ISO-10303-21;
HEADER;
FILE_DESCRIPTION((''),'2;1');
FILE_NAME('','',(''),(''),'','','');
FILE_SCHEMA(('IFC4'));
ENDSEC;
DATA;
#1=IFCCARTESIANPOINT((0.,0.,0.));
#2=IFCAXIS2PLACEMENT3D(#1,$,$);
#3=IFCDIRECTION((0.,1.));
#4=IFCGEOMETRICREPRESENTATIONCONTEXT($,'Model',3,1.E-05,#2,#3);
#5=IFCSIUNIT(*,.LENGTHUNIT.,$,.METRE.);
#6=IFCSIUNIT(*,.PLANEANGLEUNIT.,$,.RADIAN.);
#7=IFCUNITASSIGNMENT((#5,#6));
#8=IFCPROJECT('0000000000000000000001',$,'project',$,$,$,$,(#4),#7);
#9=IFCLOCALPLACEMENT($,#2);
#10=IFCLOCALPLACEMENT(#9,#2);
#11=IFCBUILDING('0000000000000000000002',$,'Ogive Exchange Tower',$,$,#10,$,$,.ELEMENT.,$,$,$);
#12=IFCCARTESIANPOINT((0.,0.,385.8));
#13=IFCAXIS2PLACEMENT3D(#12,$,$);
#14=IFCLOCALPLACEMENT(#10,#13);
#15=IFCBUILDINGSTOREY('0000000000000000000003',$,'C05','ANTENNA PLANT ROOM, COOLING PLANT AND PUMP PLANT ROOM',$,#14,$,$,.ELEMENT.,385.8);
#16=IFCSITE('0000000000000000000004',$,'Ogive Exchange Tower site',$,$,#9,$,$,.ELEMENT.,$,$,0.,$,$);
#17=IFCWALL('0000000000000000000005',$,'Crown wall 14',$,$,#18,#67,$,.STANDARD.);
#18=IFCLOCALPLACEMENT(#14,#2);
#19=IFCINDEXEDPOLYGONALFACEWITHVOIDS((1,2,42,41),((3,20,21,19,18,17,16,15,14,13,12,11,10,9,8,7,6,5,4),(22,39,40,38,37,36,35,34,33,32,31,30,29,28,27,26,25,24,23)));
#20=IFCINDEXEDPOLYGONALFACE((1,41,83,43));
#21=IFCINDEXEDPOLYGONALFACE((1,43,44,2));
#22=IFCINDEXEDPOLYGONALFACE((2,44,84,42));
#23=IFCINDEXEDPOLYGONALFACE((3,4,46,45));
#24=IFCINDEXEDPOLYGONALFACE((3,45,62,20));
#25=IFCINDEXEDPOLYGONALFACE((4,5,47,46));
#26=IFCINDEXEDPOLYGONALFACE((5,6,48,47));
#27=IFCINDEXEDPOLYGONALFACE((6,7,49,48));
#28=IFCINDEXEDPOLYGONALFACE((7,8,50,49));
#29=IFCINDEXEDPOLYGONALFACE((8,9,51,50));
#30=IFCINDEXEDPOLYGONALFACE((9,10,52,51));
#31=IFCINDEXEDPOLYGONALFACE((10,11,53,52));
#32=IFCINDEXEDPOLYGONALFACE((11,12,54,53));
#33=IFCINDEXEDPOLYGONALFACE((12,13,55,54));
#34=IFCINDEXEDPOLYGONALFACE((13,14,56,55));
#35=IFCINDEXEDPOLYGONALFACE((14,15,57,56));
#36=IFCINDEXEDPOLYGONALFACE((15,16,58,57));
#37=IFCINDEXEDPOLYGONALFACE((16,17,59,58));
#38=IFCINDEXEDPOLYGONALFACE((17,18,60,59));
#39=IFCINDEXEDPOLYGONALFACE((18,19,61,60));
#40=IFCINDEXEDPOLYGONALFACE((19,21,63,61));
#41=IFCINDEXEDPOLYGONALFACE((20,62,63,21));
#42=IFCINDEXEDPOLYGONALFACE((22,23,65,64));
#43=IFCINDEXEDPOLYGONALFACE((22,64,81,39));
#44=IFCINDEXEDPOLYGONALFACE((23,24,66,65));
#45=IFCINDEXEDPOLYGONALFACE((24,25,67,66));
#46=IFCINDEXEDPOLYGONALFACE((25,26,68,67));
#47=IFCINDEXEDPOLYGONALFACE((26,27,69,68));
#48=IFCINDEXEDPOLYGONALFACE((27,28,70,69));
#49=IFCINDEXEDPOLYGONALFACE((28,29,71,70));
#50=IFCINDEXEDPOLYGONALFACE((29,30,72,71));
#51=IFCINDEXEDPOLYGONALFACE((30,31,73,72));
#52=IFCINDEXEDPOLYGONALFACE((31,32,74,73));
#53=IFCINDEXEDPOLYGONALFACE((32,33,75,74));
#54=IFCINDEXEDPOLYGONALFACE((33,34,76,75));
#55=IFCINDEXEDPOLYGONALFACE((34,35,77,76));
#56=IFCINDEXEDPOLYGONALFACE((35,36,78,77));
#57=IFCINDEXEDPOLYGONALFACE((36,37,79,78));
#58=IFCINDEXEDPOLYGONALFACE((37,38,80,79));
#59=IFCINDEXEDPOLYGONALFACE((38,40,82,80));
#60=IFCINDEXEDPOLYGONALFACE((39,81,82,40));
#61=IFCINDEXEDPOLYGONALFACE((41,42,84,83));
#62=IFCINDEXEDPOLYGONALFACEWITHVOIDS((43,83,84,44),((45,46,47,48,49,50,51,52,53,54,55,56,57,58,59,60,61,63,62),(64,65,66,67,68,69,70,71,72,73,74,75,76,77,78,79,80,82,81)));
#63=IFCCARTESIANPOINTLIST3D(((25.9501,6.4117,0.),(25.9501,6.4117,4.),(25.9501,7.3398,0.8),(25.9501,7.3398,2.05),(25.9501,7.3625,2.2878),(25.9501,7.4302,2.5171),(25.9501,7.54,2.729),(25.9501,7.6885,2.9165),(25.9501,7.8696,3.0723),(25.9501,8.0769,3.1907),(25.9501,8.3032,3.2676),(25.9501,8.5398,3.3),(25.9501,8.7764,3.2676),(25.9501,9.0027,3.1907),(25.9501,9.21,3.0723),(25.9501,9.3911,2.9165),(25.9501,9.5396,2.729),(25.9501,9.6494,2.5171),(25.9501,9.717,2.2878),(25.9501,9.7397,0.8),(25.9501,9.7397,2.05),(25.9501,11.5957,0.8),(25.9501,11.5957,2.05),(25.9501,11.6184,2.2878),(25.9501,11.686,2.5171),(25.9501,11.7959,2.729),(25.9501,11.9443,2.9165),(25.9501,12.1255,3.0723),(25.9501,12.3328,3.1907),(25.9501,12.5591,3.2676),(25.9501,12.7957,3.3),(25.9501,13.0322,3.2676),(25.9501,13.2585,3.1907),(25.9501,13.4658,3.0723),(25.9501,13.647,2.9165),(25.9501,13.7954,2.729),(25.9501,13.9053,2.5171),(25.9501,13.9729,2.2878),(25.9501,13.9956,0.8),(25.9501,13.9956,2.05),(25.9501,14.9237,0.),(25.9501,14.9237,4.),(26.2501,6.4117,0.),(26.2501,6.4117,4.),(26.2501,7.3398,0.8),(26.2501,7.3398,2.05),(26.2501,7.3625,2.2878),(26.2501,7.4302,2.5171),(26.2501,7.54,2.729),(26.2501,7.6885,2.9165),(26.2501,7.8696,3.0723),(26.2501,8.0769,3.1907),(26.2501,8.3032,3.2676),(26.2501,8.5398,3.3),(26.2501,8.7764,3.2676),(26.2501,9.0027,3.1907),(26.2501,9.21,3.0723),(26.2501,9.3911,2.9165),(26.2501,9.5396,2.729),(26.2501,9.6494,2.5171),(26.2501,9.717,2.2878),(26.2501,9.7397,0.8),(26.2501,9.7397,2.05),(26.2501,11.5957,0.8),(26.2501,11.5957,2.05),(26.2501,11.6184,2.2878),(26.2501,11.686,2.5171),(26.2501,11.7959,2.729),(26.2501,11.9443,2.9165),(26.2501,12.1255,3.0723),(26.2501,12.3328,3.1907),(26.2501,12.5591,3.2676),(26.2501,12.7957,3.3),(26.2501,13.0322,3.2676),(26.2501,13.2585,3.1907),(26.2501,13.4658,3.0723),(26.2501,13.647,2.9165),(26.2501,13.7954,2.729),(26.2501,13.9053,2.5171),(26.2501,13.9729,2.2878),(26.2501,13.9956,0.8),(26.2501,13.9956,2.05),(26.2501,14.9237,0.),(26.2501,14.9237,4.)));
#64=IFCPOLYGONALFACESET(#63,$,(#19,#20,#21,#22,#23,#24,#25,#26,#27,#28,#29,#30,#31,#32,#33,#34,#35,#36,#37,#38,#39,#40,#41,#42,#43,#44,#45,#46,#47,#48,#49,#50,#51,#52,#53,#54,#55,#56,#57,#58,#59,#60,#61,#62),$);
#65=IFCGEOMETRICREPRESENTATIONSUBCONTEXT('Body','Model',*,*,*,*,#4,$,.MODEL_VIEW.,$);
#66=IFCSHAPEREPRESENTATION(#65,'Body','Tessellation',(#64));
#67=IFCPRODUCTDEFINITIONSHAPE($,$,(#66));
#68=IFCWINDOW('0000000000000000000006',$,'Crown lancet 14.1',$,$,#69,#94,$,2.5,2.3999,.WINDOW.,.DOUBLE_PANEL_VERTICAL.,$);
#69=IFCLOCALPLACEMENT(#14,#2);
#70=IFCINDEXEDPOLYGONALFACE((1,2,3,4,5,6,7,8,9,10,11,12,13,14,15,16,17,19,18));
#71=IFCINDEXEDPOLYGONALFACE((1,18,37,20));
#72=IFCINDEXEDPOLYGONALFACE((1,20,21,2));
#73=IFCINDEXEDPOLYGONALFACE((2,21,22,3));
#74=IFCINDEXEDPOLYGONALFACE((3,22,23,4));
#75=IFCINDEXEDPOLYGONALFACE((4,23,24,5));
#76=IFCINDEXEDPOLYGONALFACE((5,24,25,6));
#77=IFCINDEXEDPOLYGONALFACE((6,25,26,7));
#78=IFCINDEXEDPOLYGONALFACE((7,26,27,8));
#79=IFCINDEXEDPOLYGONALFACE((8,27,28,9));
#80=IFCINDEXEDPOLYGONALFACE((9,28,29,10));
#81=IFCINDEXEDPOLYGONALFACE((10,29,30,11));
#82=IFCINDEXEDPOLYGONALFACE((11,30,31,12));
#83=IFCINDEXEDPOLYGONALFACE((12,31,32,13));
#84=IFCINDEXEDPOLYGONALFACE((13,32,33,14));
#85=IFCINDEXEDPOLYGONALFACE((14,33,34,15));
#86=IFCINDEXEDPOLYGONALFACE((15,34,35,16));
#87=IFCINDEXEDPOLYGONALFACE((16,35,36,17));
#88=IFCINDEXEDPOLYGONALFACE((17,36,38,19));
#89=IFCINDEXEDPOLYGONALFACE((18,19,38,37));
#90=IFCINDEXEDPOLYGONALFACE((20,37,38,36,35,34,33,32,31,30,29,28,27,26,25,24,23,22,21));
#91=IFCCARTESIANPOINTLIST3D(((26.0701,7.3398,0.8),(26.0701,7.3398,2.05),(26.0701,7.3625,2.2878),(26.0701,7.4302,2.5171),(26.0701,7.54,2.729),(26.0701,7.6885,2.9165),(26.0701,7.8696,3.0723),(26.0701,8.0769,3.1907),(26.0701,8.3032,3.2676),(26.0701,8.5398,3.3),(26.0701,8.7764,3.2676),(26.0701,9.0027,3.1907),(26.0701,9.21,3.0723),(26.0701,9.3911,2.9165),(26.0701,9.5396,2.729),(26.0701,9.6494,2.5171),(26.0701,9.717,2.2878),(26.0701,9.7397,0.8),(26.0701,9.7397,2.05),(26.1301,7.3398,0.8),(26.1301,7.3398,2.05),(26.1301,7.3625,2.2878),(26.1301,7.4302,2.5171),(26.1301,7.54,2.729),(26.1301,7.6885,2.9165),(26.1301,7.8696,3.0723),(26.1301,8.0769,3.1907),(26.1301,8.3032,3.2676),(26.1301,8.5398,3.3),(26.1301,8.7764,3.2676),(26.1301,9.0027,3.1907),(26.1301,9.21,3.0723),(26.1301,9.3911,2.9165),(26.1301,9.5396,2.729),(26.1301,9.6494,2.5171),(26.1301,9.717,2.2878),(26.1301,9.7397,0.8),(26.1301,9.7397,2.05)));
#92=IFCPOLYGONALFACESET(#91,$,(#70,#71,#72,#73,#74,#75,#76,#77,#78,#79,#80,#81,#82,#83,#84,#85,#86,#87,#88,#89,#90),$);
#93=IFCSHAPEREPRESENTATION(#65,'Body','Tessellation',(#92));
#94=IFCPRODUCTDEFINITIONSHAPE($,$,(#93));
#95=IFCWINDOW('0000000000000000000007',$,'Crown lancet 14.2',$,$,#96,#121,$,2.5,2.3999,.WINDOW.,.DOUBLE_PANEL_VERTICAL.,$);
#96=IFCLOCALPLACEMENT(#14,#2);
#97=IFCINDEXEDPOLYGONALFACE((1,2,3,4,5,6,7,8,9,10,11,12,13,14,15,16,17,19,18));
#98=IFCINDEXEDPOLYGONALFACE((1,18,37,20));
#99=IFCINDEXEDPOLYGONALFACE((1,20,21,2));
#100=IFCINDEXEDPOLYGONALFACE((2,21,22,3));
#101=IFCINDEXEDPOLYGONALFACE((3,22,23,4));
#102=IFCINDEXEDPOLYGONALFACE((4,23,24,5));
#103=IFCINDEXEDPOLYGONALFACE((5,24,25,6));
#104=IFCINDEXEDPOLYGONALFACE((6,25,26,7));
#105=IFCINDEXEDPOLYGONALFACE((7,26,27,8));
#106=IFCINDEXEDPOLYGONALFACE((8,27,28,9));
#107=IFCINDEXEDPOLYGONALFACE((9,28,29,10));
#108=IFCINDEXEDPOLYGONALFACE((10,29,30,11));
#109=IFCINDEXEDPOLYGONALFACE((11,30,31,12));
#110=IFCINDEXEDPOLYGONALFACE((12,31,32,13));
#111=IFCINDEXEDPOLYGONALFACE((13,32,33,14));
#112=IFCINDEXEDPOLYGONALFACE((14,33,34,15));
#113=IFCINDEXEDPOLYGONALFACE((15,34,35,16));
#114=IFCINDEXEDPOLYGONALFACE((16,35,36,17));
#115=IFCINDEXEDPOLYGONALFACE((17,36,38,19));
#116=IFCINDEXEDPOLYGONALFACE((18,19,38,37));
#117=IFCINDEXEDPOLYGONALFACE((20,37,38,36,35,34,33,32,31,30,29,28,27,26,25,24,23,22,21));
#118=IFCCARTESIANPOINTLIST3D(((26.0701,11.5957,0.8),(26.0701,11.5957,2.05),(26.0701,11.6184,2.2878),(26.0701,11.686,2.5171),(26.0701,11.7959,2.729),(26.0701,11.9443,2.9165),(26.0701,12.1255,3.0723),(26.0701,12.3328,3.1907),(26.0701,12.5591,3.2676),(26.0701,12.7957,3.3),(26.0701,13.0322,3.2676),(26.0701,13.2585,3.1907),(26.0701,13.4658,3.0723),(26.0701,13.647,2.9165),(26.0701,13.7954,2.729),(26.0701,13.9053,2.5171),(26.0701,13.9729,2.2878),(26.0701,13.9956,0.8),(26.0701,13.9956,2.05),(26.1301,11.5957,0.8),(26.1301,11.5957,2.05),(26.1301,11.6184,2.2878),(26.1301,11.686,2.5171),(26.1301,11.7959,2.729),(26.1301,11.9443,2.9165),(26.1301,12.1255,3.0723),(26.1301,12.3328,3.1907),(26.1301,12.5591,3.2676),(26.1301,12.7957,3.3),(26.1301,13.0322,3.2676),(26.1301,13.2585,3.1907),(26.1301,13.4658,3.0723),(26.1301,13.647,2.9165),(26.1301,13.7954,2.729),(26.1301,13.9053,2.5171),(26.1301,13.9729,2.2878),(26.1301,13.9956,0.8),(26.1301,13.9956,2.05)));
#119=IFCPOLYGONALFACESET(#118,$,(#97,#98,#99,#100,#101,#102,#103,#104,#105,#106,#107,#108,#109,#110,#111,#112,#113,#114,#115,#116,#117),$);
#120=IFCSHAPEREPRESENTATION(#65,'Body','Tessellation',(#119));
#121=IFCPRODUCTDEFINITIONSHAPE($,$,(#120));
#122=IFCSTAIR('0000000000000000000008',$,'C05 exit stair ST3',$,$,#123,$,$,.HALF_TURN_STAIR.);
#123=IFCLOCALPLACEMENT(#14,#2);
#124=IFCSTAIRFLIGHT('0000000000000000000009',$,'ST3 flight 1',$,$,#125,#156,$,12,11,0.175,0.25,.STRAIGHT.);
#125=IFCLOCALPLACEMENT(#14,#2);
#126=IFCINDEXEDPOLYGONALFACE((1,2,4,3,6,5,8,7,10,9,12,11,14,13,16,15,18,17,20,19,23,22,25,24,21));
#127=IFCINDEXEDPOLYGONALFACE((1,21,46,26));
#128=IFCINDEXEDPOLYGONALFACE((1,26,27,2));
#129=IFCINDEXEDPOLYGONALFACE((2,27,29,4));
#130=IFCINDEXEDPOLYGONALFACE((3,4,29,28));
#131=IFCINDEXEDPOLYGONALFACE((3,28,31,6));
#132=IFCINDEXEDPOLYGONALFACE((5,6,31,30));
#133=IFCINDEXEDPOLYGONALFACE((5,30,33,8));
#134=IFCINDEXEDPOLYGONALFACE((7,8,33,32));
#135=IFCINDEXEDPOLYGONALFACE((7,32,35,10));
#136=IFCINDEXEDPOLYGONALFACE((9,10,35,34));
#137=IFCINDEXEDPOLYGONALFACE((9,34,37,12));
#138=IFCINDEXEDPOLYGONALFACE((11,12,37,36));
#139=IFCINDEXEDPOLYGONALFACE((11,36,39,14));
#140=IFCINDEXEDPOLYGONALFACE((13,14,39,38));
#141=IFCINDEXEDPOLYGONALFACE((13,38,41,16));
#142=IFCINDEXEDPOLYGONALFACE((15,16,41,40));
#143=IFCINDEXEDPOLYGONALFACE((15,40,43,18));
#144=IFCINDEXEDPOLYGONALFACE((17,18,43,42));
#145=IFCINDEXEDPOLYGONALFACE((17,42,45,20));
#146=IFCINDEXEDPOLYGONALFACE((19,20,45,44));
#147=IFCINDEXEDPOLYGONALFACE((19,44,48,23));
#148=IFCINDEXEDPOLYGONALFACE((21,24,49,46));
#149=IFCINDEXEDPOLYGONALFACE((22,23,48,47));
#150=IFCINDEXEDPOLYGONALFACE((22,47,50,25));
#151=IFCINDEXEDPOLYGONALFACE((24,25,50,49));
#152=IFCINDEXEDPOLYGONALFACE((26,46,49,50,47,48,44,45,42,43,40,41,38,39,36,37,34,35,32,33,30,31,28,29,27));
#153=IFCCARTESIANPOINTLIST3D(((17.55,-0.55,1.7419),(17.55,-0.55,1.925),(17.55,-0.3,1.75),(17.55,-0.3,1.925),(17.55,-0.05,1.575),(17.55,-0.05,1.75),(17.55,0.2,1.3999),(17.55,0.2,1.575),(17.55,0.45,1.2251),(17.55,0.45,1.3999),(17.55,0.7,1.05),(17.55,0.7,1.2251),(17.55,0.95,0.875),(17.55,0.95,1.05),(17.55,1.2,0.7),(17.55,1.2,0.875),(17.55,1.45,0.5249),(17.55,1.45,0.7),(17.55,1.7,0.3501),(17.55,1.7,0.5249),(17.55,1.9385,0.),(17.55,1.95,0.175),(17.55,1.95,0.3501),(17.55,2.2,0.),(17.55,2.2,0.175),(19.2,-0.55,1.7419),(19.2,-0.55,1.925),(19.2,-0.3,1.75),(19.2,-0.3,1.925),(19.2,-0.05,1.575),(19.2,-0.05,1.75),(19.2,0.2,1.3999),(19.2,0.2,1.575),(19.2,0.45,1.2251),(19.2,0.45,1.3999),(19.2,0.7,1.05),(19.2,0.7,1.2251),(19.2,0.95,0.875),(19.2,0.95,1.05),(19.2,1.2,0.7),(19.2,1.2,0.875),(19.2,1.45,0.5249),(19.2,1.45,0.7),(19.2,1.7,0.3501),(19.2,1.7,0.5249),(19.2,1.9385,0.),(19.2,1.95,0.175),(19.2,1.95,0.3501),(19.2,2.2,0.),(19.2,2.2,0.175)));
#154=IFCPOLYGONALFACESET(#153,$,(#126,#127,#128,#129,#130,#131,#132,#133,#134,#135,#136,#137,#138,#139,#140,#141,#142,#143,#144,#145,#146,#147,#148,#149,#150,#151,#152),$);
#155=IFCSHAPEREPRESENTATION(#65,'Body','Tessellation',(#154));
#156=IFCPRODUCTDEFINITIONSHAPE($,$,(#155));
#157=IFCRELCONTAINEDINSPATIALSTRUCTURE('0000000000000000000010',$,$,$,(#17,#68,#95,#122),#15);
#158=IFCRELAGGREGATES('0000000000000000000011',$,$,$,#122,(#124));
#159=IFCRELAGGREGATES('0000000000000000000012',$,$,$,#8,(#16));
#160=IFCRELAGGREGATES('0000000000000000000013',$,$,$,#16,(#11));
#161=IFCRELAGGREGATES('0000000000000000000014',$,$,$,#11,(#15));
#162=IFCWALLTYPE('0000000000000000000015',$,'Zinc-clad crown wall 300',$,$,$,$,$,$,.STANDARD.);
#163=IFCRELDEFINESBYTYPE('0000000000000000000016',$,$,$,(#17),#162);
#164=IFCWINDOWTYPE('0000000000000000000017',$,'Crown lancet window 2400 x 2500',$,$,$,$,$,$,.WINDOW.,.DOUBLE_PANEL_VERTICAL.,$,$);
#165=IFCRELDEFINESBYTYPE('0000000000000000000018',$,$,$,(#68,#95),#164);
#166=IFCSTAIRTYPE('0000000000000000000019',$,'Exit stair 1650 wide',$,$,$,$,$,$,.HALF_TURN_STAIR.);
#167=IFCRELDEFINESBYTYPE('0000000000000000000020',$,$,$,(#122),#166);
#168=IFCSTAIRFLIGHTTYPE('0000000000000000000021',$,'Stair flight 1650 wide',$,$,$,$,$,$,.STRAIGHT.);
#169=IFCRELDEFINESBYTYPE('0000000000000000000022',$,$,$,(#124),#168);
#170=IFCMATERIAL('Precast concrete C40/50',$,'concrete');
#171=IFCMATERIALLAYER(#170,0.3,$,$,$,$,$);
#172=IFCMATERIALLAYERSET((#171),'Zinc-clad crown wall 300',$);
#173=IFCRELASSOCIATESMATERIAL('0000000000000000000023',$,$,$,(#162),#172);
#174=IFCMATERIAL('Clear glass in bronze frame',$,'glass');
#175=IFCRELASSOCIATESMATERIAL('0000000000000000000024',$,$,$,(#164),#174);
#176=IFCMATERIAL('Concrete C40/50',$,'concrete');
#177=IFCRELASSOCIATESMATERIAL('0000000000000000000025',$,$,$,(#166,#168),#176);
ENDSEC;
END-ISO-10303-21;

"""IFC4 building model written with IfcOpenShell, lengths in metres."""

from ifc_helpers import new_model, si_unit, direction, frame, frame_2d, origin, place, context, subcontext, project, spatial, polyline, rectangle, outline, extrude, material, layer, layer_set, type_object, element, fill, aggregate, save


model = new_model("IFC4")

# Units and contexts
model_context = context("Model", 3, precision=1e-05, world=origin(), true_north=direction((0.0, 1.0)))
body_context = subcontext(model_context, "Body", "Model", "MODEL_VIEW")
ifc_project = project(units=[si_unit("LENGTHUNIT", "METRE"), si_unit("PLANEANGLEUNIT", "RADIAN")], contexts=[model_context])

# Site, building, storey
site_placement = place(None, origin())
site = spatial("IfcSite", under=ifc_project, at=site_placement, Name="Ogive Exchange Tower site", CompositionType="ELEMENT", RefElevation=0.0)
building_placement = place(site_placement, origin())
building = spatial("IfcBuilding", under=site, at=building_placement, Name="Ogive Exchange Tower", CompositionType="ELEMENT")
storey_placement = place(building_placement, frame((0.0, 0.0, 385.8)))
storey = spatial("IfcBuildingStorey", under=building, at=storey_placement, Name="C05", Description="ANTENNA PLANT ROOM, COOLING PLANT AND PUMP PLANT ROOM", CompositionType="ELEMENT", Elevation=385.8)

# Shared definitions
ifc_material_1 = material(Name="Precast concrete C40/50", Category="concrete")
ifc_layer_1 = layer(ifc_material_1, 0.3)
ifc_layer_set_1 = layer_set([ifc_layer_1], Name="Zinc-clad crown wall 300")
wall_type_1 = type_object("IfcWallType", Name="Zinc-clad crown wall 300", PredefinedType="STANDARD", material=ifc_layer_set_1)

# Wall, openings, windows
ifc_material_2 = material(Name="Clear glass in bronze frame", Category="glass")
window_type = type_object("IfcWindowType", Name="Crown lancet window 2400 x 2500", PartitioningType="DOUBLE_PANEL_VERTICAL", PredefinedType="WINDOW", material=ifc_material_2)
wall_1_placement = place(storey_placement, frame((26.1001, 6.4119, 0.0), z_axis=(0.0, 0.0, 1.0), x_axis=(0.0, 1.0, 0.0)))
wall_1 = element("IfcWall", 1, at=wall_1_placement, inside=storey, type_object=wall_type_1, Name="Crown wall 14", PredefinedType="STANDARD", context=body_context, shape_type="SweptSolid", body=[
    extrude(rectangle(XDim=8.512, YDim=0.3, at=frame_2d((4.2559, 0.0))), origin(), (0.0, 0.0, 1.0), 4.0),
])
opening_1_placement = place(wall_1_placement, frame((0.928, 0.0, 0.8)))
opening_1 = element("IfcOpeningElement", 2, at=opening_1_placement, cuts=wall_1, PredefinedType="OPENING", context=body_context, shape_type="SweptSolid", body=[
    extrude(outline(polyline([(0.0, 0.0), (2.3999, 0.0), (2.3999, 1.25), (2.3772, 1.4878), (2.3096, 1.717), (2.1997, 1.929), (2.0513, 2.1165), (1.8701, 2.2722), (1.6628, 2.3906), (1.4365, 2.4675), (1.2, 2.5), (0.9634, 2.4675), (0.7371, 2.3906), (0.5298, 2.2722), (0.3486, 2.1165), (0.2002, 1.929), (0.0903, 1.717), (0.0227, 1.4878), (0.0, 1.25), (0.0, 0.0)])), frame((0.0, 0.1599, 0.0), z_axis=(0.0, -1.0, 0.0), x_axis=(1.0, 0.0, 0.0)), (0.0, 0.0, 1.0), 0.3201),
])
opening_2_placement = place(wall_1_placement, frame((5.1838, 0.0, 0.8)))
opening_2 = element("IfcOpeningElement", 3, at=opening_2_placement, cuts=wall_1, PredefinedType="OPENING", context=body_context, shape_type="SweptSolid", body=[
    extrude(outline(polyline([(0.0, 0.0), (2.3999, 0.0), (2.3999, 1.25), (2.3772, 1.4878), (2.3096, 1.717), (2.1997, 1.929), (2.0513, 2.1165), (1.8701, 2.2722), (1.6628, 2.3906), (1.4365, 2.4675), (1.2, 2.5), (0.9634, 2.4675), (0.7371, 2.3906), (0.5298, 2.2722), (0.3486, 2.1165), (0.2002, 1.929), (0.0903, 1.717), (0.0227, 1.4878), (0.0, 1.25), (0.0, 0.0)])), frame((0.0, 0.1599, 0.0), z_axis=(0.0, -1.0, 0.0), x_axis=(1.0, 0.0, 0.0)), (0.0, 0.0, 1.0), 0.3201),
])
window_1_placement = place(opening_1_placement, origin())
window_1 = element("IfcWindow", 4, at=window_1_placement, inside=storey, type_object=window_type, Name="Crown lancet 14.1", OverallHeight=2.5, OverallWidth=2.3999, PartitioningType="DOUBLE_PANEL_VERTICAL", PredefinedType="WINDOW", context=body_context, shape_type="SweptSolid", body=[
    extrude(outline(polyline([(0.0, 0.0), (2.3999, 0.0), (2.3999, 1.25), (2.3772, 1.4878), (2.3096, 1.717), (2.1997, 1.929), (2.0513, 2.1165), (1.8701, 2.2722), (1.6628, 2.3906), (1.4365, 2.4675), (1.2, 2.5), (0.9634, 2.4675), (0.7371, 2.3906), (0.5298, 2.2722), (0.3486, 2.1165), (0.2002, 1.929), (0.0903, 1.717), (0.0227, 1.4878), (0.0, 1.25), (0.0, 0.0)])), frame((0.0, 0.03, 0.0), z_axis=(0.0, -1.0, 0.0), x_axis=(1.0, 0.0, 0.0)), (0.0, 0.0, 1.0), 0.0601),
])
fill(opening_1, window_1)
window_2_placement = place(opening_2_placement, origin())
window_2 = element("IfcWindow", 5, at=window_2_placement, inside=storey, type_object=window_type, Name="Crown lancet 14.2", OverallHeight=2.5, OverallWidth=2.3999, PartitioningType="DOUBLE_PANEL_VERTICAL", PredefinedType="WINDOW", context=body_context, shape_type="SweptSolid", body=[
    extrude(outline(polyline([(0.0, 0.0), (2.3999, 0.0), (2.3999, 1.25), (2.3772, 1.4878), (2.3096, 1.717), (2.1997, 1.929), (2.0513, 2.1165), (1.8701, 2.2722), (1.6628, 2.3906), (1.4365, 2.4675), (1.2, 2.5), (0.9634, 2.4675), (0.7371, 2.3906), (0.5298, 2.2722), (0.3486, 2.1165), (0.2002, 1.929), (0.0903, 1.717), (0.0227, 1.4878), (0.0, 1.25), (0.0, 0.0)])), frame((0.0, 0.03, 0.0), z_axis=(0.0, -1.0, 0.0), x_axis=(1.0, 0.0, 0.0)), (0.0, 0.0, 1.0), 0.0601),
])
fill(opening_2, window_2)

# Stair, stair flight
ifc_material_3 = material(Name="Concrete C40/50", Category="concrete")
stair_type = type_object("IfcStairType", Name="Exit stair 1650 wide", PredefinedType="HALF_TURN_STAIR", material=ifc_material_3)
stair_placement = place(storey_placement, origin())
stair = element("IfcStair", 6, at=stair_placement, inside=storey, type_object=stair_type, Name="C05 exit stair ST3", PredefinedType="HALF_TURN_STAIR")
stair_flight_type = type_object("IfcStairFlightType", Name="Stair flight 1650 wide", PredefinedType="STRAIGHT", material=ifc_material_3)
stair_flight_1_placement = place(storey_placement, frame((18.375, 2.2, 0.0), z_axis=(0.0, 0.0, 1.0), x_axis=(0.0, -1.0, 0.0)))
stair_flight_1 = element("IfcStairFlight", 7, at=stair_flight_1_placement, type_object=stair_flight_type, Name="ST3 flight 1", NumberOfRisers=12, NumberOfTreads=11, PredefinedType="STRAIGHT", RiserHeight=0.175, TreadLength=0.25, context=body_context, shape_type="SweptSolid", body=[
    extrude(outline(polyline([(0.0, 0.0), (0.0, 0.175), (0.25, 0.175), (0.25, 0.3501), (0.5, 0.3501), (0.5, 0.5249), (0.75, 0.5249), (0.75, 0.7), (1.0, 0.7), (1.0, 0.875), (1.25, 0.875), (1.25, 1.05), (1.5, 1.05), (1.5, 1.2251), (1.75, 1.2251), (1.75, 1.3999), (2.0, 1.3999), (2.0, 1.575), (2.25, 1.575), (2.25, 1.75), (2.5, 1.75), (2.5, 1.925), (2.75, 1.925), (2.75, 2.1001), (2.75, 1.7419), (0.2615, 0.0), (0.0, 0.0)])), frame((0.0, 0.825, 0.0), z_axis=(0.0, -1.0, 0.0), x_axis=(1.0, 0.0, 0.0)), (0.0, 0.0, 1.0), 1.6499),
])
aggregate(stair, [stair_flight_1])

save(model, "model.ifc")
